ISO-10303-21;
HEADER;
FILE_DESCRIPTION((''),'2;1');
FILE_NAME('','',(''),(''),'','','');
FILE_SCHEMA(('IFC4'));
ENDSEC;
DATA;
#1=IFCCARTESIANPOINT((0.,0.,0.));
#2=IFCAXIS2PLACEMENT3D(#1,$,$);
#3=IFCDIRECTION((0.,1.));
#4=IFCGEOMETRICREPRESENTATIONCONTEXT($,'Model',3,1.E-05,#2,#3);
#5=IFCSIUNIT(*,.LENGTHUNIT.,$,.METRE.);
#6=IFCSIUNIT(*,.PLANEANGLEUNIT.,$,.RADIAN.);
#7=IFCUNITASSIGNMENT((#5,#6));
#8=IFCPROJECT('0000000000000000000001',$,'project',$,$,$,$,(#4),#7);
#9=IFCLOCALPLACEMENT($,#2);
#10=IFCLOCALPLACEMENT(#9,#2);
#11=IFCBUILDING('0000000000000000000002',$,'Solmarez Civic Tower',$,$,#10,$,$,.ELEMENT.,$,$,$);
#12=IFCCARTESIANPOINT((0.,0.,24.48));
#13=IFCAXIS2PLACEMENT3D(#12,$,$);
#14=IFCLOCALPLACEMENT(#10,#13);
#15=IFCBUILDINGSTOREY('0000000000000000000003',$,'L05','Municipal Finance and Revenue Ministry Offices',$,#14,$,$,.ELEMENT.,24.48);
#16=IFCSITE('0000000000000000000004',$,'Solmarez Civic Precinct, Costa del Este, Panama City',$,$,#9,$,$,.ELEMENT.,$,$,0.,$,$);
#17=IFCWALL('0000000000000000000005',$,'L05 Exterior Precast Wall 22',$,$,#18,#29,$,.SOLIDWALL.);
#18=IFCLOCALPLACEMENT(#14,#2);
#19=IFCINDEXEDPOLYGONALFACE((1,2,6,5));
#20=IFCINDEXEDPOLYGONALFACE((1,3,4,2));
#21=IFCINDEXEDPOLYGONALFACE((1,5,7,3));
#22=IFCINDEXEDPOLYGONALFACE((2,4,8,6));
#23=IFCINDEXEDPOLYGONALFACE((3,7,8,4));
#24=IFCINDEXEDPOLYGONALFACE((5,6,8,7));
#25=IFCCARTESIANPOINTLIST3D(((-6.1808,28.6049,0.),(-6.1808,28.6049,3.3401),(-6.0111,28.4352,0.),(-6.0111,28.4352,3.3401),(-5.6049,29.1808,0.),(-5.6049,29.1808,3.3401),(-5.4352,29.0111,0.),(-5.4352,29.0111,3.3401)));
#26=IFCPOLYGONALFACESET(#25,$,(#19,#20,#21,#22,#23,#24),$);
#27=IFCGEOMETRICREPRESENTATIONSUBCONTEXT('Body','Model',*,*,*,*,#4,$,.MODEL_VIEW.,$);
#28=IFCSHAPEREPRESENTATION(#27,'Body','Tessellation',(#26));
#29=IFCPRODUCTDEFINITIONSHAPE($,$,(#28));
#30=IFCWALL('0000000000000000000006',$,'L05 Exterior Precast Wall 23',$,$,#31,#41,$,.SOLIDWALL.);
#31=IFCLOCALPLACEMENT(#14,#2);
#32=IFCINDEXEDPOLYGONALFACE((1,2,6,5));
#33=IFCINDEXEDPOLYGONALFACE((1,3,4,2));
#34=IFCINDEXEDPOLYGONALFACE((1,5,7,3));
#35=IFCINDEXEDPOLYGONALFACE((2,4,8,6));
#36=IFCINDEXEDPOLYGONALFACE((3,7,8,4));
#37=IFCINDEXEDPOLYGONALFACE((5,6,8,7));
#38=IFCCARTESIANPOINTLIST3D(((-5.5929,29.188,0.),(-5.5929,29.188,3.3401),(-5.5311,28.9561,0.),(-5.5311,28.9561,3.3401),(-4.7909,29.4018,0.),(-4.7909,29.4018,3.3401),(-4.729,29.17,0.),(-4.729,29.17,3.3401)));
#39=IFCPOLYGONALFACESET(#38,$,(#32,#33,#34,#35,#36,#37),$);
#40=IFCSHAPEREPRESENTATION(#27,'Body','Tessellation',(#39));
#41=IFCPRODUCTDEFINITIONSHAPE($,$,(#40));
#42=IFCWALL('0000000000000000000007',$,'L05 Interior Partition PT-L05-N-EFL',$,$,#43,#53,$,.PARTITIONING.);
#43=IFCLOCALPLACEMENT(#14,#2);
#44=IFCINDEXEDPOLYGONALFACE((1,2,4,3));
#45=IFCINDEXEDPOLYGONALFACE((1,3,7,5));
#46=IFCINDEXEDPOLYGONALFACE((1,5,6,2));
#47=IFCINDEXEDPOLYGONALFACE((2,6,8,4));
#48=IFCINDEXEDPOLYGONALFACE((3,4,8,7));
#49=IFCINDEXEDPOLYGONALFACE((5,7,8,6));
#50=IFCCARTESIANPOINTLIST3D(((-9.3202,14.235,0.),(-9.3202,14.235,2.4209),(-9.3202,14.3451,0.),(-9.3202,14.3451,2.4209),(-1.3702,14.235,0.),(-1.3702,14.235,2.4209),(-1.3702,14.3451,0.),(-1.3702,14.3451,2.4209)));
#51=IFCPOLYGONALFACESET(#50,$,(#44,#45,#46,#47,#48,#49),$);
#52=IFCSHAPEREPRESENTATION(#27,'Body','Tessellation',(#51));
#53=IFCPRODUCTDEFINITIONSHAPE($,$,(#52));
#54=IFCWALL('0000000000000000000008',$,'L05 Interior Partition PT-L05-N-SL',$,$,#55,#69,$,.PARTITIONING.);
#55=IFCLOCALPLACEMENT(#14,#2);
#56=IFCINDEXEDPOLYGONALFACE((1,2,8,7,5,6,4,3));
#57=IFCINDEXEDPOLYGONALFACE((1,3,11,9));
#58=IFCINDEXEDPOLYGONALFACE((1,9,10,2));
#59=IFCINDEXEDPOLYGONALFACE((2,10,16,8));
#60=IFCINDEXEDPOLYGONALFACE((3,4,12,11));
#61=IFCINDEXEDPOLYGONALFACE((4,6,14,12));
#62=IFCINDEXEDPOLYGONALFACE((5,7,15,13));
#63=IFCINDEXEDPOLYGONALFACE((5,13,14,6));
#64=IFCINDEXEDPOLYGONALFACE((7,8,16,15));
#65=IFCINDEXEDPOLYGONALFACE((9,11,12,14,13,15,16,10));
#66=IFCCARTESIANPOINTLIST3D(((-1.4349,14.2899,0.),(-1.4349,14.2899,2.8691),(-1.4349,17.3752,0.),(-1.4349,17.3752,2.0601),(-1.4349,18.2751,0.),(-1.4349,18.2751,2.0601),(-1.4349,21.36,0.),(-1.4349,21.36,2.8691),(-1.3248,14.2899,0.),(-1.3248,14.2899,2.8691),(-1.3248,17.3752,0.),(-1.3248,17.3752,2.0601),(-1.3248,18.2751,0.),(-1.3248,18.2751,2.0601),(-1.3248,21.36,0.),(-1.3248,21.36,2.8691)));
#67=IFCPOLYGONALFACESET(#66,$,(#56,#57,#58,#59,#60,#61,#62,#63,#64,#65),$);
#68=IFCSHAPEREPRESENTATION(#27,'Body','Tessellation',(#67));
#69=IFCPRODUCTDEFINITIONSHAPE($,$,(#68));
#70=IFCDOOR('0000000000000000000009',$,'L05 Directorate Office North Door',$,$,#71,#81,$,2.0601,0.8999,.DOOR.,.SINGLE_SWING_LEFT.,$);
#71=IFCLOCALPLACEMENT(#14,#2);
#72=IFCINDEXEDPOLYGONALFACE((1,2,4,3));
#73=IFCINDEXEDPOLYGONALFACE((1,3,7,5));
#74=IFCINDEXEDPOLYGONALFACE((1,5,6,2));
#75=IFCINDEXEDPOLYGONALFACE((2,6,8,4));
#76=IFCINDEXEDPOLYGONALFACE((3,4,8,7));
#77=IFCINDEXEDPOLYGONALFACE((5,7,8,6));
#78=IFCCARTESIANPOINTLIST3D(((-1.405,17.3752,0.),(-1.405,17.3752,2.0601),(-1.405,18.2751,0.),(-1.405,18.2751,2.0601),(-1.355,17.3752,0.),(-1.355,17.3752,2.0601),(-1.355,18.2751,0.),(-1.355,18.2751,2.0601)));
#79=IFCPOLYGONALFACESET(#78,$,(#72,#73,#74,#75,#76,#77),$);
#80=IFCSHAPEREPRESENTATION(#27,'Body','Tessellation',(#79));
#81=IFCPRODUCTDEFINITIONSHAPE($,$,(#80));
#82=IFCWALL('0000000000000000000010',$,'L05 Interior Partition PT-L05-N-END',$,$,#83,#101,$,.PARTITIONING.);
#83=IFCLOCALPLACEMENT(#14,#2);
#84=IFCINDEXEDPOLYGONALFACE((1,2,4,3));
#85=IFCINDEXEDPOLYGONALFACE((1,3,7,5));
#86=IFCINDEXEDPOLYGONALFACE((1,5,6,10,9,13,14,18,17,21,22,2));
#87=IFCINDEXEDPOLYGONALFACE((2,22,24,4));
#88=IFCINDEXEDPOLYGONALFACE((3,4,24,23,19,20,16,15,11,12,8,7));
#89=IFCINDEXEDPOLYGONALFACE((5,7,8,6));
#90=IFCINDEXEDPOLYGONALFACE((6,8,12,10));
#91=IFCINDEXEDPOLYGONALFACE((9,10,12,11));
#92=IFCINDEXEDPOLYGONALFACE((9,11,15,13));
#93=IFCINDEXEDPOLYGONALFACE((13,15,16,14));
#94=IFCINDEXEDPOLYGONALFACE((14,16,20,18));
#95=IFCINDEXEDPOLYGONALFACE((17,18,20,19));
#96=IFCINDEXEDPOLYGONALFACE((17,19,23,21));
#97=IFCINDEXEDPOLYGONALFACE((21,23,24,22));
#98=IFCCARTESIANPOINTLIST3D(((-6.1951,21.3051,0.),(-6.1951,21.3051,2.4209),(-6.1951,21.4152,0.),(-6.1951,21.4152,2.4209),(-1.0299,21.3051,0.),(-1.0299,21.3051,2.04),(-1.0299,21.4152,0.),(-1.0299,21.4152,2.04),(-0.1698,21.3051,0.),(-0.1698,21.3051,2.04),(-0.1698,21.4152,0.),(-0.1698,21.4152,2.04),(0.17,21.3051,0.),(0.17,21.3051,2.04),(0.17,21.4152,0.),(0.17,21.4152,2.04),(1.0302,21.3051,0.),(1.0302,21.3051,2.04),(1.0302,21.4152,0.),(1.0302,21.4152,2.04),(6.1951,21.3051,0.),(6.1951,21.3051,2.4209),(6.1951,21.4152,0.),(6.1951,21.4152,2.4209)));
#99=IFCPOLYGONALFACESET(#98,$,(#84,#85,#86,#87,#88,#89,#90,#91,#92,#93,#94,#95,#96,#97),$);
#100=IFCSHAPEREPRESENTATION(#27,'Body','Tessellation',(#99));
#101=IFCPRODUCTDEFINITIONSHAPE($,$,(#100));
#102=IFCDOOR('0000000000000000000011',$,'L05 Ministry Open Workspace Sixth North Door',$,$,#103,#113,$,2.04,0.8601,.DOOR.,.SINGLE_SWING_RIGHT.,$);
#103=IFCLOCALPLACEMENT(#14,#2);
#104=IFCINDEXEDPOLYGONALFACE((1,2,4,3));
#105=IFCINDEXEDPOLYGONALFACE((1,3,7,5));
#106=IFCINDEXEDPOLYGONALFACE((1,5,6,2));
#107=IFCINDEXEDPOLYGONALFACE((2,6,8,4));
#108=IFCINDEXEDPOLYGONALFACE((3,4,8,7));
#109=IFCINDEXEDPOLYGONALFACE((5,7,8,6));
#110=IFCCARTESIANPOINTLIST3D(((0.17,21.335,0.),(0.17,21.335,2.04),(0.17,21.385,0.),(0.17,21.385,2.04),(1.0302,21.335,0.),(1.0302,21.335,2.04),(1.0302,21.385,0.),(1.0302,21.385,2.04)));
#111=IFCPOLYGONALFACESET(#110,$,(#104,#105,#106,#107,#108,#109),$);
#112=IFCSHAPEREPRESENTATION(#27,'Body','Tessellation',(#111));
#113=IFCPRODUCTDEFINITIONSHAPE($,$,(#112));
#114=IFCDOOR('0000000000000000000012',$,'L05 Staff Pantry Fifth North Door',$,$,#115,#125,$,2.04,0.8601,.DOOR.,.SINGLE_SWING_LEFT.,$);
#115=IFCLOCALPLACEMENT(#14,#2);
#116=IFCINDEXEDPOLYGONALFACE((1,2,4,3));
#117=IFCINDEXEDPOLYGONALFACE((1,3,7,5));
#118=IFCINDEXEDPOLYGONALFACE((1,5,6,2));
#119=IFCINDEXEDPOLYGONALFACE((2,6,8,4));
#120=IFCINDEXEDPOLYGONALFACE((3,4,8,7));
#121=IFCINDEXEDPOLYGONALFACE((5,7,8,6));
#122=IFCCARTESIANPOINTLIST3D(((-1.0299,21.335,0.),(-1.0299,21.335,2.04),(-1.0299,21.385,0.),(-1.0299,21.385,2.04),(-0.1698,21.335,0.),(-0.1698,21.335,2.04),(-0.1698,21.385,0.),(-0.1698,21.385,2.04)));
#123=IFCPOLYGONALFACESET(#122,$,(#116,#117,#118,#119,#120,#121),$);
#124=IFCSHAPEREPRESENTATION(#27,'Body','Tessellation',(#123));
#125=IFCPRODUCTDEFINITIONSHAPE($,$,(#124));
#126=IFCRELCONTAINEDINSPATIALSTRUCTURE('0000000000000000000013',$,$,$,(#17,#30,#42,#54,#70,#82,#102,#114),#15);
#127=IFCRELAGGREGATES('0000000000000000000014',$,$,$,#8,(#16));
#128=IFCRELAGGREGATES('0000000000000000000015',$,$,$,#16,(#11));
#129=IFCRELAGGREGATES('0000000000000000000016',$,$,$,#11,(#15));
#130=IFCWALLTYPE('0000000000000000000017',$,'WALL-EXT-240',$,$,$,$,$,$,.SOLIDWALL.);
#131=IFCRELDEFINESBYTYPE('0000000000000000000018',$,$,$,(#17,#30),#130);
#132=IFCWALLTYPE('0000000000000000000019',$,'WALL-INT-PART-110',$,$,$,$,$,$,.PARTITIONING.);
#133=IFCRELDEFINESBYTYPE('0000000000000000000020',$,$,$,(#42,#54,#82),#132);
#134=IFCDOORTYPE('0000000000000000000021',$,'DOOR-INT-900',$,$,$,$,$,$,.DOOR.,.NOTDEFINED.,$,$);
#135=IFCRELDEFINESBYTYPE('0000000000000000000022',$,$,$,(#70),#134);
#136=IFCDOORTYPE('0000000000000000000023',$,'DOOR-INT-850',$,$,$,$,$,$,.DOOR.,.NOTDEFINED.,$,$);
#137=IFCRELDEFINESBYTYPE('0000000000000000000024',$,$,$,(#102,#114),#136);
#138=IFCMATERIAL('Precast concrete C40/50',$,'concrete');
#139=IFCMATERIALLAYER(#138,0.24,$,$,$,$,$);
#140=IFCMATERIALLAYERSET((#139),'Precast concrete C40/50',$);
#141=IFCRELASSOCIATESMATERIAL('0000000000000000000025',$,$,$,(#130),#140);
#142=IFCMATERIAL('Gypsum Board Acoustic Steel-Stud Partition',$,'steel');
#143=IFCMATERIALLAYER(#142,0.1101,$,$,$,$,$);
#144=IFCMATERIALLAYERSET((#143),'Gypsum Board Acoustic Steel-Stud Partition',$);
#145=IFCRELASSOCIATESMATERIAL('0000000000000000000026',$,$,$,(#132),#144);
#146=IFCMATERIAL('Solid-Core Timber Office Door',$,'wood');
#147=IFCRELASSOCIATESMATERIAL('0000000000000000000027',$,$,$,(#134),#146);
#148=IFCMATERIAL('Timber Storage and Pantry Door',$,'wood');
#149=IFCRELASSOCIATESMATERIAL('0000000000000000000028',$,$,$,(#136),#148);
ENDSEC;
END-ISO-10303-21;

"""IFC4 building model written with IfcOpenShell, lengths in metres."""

from ifc_helpers import new_model, si_unit, direction, frame, frame_2d, origin, place, context, subcontext, project, spatial, rectangle, extrude, material, layer, layer_set, type_object, element, fill, save


model = new_model("IFC4")

# Units and contexts
model_context = context("Model", 3, precision=1e-05, world=origin(), true_north=direction((0.0, 1.0)))
body_context = subcontext(model_context, "Body", "Model", "MODEL_VIEW")
ifc_project = project(units=[si_unit("LENGTHUNIT", "METRE"), si_unit("PLANEANGLEUNIT", "RADIAN")], contexts=[model_context])

# Site, building, storey
site_placement = place(None, origin())
site = spatial("IfcSite", under=ifc_project, at=site_placement, Name="Solmarez Civic Precinct, Costa del Este, Panama City", CompositionType="ELEMENT", RefElevation=0.0)
building_placement = place(site_placement, origin())
building = spatial("IfcBuilding", under=site, at=building_placement, Name="Solmarez Civic Tower", CompositionType="ELEMENT")
storey_placement = place(building_placement, frame((0.0, 0.0, 24.48)))
storey = spatial("IfcBuildingStorey", under=building, at=storey_placement, Name="L05", Description="Municipal Finance and Revenue Ministry Offices", CompositionType="ELEMENT", Elevation=24.48)

# Walls
ifc_material_1 = material(Name="Precast concrete C40/50", Category="concrete")
ifc_layer_1 = layer(ifc_material_1, 0.24)
ifc_layer_set_1 = layer_set([ifc_layer_1], Name="Precast concrete C40/50")
wall_type_1 = type_object("IfcWallType", Name="WALL-EXT-240", PredefinedType="SOLIDWALL", material=ifc_layer_set_1)
wall_1_placement = place(storey_placement, frame((-6.0959, 28.52, 0.0), z_axis=(0.0, 0.0, 1.0), x_axis=(0.707107, 0.707107, 0.0)))
element("IfcWall", 1, at=wall_1_placement, inside=storey, type_object=wall_type_1, Name="L05 Exterior Precast Wall 22", PredefinedType="SOLIDWALL", context=body_context, shape_type="SweptSolid", body=[
    extrude(rectangle(XDim=0.8145, YDim=0.24, at=frame_2d((0.4072, 0.0))), origin(), (0.0, 0.0, 1.0), 3.3401),
])
wall_2_placement = place(storey_placement, frame((-5.562, 29.072, 0.0), z_axis=(0.0, 0.0, 1.0), x_axis=(0.966235, 0.257663, 0.0)))
element("IfcWall", 2, at=wall_2_placement, inside=storey, type_object=wall_type_1, Name="L05 Exterior Precast Wall 23", PredefinedType="SOLIDWALL", context=body_context, shape_type="SweptSolid", body=[
    extrude(rectangle(XDim=0.8301, YDim=0.24, at=frame_2d((0.415, 0.0))), origin(), (0.0, 0.0, 1.0), 3.3401),
])
ifc_material_2 = material(Name="Gypsum Board Acoustic Steel-Stud Partition", Category="steel")
ifc_layer_2 = layer(ifc_material_2, 0.1101)
ifc_layer_set_2 = layer_set([ifc_layer_2], Name="Gypsum Board Acoustic Steel-Stud Partition")
wall_type_2 = type_object("IfcWallType", Name="WALL-INT-PART-110", PredefinedType="PARTITIONING", material=ifc_layer_set_2)
wall_3_placement = place(storey_placement, frame((-1.3701, 14.29, 0.0), z_axis=(0.0, 0.0, 1.0), x_axis=(-1.0, 0.0, 0.0)))
element("IfcWall", 3, at=wall_3_placement, inside=storey, type_object=wall_type_2, Name="L05 Interior Partition PT-L05-N-EFL", PredefinedType="PARTITIONING", context=body_context, shape_type="SweptSolid", body=[
    extrude(rectangle(XDim=7.95, YDim=0.1101, at=frame_2d((3.9751, 0.0))), origin(), (0.0, 0.0, 1.0), 2.4209),
])

# Wall, opening, door
wall_4_placement = place(storey_placement, frame((-1.3799, 21.3601, 0.0), z_axis=(0.0, 0.0, 1.0), x_axis=(0.0, -1.0, 0.0)))
wall_4 = element("IfcWall", 4, at=wall_4_placement, inside=storey, type_object=wall_type_2, Name="L05 Interior Partition PT-L05-N-SL", PredefinedType="PARTITIONING", context=body_context, shape_type="SweptSolid", body=[
    extrude(rectangle(XDim=7.0701, YDim=0.1101, at=frame_2d((3.5352, 0.0))), origin(), (0.0, 0.0, 1.0), 2.8691),
])
opening_1_placement = place(wall_4_placement, frame((3.085, 0.0, 0.0)))
opening_1 = element("IfcOpeningElement", 5, at=opening_1_placement, cuts=wall_4, PredefinedType="OPENING", context=body_context, shape_type="SweptSolid", body=[
    extrude(rectangle(XDim=0.8999, YDim=2.0601, at=frame_2d((0.45, 1.03))), frame((0.0, 0.0649, 0.0), z_axis=(0.0, -1.0, 0.0), x_axis=(1.0, 0.0, 0.0)), (0.0, 0.0, 1.0), 0.1301),
])
ifc_material_3 = material(Name="Solid-Core Timber Office Door", Category="wood")
door_type_1 = type_object("IfcDoorType", Name="DOOR-INT-900", OperationType="NOTDEFINED", PredefinedType="DOOR", material=ifc_material_3)
door_1_placement = place(opening_1_placement, origin())
door_1 = element("IfcDoor", 6, at=door_1_placement, inside=storey, type_object=door_type_1, Name="L05 Directorate Office North Door", OperationType="SINGLE_SWING_LEFT", OverallHeight=2.0601, OverallWidth=0.8999, PredefinedType="DOOR", context=body_context, shape_type="SweptSolid", body=[
    extrude(rectangle(XDim=0.8999, YDim=2.0601, at=frame_2d((0.45, 1.03))), frame((0.0, 0.0249, 0.0), z_axis=(0.0, -1.0, 0.0), x_axis=(1.0, 0.0, 0.0)), (0.0, 0.0, 1.0), 0.05),
])
fill(opening_1, door_1)

# Wall, openings, doors
wall_5_placement = place(storey_placement, frame((-6.1951, 21.3601, 0.0), z_axis=(0.0, 0.0, 1.0), x_axis=(1.0, 0.0, 0.0)))
wall_5 = element("IfcWall", 7, at=wall_5_placement, inside=storey, type_object=wall_type_2, Name="L05 Interior Partition PT-L05-N-END", PredefinedType="PARTITIONING", context=body_context, shape_type="SweptSolid", body=[
    extrude(rectangle(XDim=12.3901, YDim=0.1101, at=frame_2d((6.1951, 0.0))), origin(), (0.0, 0.0, 1.0), 2.4209),
])
opening_2_placement = place(wall_5_placement, frame((6.365, 0.0, 0.0)))
opening_2 = element("IfcOpeningElement", 8, at=opening_2_placement, cuts=wall_5, PredefinedType="OPENING", context=body_context, shape_type="SweptSolid", body=[
    extrude(rectangle(XDim=0.8601, YDim=2.04, at=frame_2d((0.4302, 1.02))), frame((0.0, 0.0649, 0.0), z_axis=(0.0, -1.0, 0.0), x_axis=(1.0, 0.0, 0.0)), (0.0, 0.0, 1.0), 0.1301),
])
opening_3_placement = place(wall_5_placement, frame((5.165, 0.0, 0.0)))
opening_3 = element("IfcOpeningElement", 9, at=opening_3_placement, cuts=wall_5, PredefinedType="OPENING", context=body_context, shape_type="SweptSolid", body=[
    extrude(rectangle(XDim=0.8601, YDim=2.04, at=frame_2d((0.4302, 1.02))), frame((0.0, 0.0649, 0.0), z_axis=(0.0, -1.0, 0.0), x_axis=(1.0, 0.0, 0.0)), (0.0, 0.0, 1.0), 0.1301),
])
ifc_material_4 = material(Name="Timber Storage and Pantry Door", Category="wood")
door_type_2 = type_object("IfcDoorType", Name="DOOR-INT-850", OperationType="NOTDEFINED", PredefinedType="DOOR", material=ifc_material_4)
door_2_placement = place(opening_2_placement, origin())
door_2 = element("IfcDoor", 10, at=door_2_placement, inside=storey, type_object=door_type_2, Name="L05 Ministry Open Workspace Sixth North Door", OperationType="SINGLE_SWING_RIGHT", OverallHeight=2.04, OverallWidth=0.8601, PredefinedType="DOOR", context=body_context, shape_type="SweptSolid", body=[
    extrude(rectangle(XDim=0.8601, YDim=2.04, at=frame_2d((0.4302, 1.02))), frame((0.0, 0.0249, 0.0), z_axis=(0.0, -1.0, 0.0), x_axis=(1.0, 0.0, 0.0)), (0.0, 0.0, 1.0), 0.05),
])
fill(opening_2, door_2)
door_3_placement = place(opening_3_placement, origin())
door_3 = element("IfcDoor", 11, at=door_3_placement, inside=storey, type_object=door_type_2, Name="L05 Staff Pantry Fifth North Door", OperationType="SINGLE_SWING_LEFT", OverallHeight=2.04, OverallWidth=0.8601, PredefinedType="DOOR", context=body_context, shape_type="SweptSolid", body=[
    extrude(rectangle(XDim=0.8601, YDim=2.04, at=frame_2d((0.4302, 1.02))), frame((0.0, 0.0249, 0.0), z_axis=(0.0, -1.0, 0.0), x_axis=(1.0, 0.0, 0.0)), (0.0, 0.0, 1.0), 0.05),
])
fill(opening_3, door_3)

save(model, "model.ifc")
